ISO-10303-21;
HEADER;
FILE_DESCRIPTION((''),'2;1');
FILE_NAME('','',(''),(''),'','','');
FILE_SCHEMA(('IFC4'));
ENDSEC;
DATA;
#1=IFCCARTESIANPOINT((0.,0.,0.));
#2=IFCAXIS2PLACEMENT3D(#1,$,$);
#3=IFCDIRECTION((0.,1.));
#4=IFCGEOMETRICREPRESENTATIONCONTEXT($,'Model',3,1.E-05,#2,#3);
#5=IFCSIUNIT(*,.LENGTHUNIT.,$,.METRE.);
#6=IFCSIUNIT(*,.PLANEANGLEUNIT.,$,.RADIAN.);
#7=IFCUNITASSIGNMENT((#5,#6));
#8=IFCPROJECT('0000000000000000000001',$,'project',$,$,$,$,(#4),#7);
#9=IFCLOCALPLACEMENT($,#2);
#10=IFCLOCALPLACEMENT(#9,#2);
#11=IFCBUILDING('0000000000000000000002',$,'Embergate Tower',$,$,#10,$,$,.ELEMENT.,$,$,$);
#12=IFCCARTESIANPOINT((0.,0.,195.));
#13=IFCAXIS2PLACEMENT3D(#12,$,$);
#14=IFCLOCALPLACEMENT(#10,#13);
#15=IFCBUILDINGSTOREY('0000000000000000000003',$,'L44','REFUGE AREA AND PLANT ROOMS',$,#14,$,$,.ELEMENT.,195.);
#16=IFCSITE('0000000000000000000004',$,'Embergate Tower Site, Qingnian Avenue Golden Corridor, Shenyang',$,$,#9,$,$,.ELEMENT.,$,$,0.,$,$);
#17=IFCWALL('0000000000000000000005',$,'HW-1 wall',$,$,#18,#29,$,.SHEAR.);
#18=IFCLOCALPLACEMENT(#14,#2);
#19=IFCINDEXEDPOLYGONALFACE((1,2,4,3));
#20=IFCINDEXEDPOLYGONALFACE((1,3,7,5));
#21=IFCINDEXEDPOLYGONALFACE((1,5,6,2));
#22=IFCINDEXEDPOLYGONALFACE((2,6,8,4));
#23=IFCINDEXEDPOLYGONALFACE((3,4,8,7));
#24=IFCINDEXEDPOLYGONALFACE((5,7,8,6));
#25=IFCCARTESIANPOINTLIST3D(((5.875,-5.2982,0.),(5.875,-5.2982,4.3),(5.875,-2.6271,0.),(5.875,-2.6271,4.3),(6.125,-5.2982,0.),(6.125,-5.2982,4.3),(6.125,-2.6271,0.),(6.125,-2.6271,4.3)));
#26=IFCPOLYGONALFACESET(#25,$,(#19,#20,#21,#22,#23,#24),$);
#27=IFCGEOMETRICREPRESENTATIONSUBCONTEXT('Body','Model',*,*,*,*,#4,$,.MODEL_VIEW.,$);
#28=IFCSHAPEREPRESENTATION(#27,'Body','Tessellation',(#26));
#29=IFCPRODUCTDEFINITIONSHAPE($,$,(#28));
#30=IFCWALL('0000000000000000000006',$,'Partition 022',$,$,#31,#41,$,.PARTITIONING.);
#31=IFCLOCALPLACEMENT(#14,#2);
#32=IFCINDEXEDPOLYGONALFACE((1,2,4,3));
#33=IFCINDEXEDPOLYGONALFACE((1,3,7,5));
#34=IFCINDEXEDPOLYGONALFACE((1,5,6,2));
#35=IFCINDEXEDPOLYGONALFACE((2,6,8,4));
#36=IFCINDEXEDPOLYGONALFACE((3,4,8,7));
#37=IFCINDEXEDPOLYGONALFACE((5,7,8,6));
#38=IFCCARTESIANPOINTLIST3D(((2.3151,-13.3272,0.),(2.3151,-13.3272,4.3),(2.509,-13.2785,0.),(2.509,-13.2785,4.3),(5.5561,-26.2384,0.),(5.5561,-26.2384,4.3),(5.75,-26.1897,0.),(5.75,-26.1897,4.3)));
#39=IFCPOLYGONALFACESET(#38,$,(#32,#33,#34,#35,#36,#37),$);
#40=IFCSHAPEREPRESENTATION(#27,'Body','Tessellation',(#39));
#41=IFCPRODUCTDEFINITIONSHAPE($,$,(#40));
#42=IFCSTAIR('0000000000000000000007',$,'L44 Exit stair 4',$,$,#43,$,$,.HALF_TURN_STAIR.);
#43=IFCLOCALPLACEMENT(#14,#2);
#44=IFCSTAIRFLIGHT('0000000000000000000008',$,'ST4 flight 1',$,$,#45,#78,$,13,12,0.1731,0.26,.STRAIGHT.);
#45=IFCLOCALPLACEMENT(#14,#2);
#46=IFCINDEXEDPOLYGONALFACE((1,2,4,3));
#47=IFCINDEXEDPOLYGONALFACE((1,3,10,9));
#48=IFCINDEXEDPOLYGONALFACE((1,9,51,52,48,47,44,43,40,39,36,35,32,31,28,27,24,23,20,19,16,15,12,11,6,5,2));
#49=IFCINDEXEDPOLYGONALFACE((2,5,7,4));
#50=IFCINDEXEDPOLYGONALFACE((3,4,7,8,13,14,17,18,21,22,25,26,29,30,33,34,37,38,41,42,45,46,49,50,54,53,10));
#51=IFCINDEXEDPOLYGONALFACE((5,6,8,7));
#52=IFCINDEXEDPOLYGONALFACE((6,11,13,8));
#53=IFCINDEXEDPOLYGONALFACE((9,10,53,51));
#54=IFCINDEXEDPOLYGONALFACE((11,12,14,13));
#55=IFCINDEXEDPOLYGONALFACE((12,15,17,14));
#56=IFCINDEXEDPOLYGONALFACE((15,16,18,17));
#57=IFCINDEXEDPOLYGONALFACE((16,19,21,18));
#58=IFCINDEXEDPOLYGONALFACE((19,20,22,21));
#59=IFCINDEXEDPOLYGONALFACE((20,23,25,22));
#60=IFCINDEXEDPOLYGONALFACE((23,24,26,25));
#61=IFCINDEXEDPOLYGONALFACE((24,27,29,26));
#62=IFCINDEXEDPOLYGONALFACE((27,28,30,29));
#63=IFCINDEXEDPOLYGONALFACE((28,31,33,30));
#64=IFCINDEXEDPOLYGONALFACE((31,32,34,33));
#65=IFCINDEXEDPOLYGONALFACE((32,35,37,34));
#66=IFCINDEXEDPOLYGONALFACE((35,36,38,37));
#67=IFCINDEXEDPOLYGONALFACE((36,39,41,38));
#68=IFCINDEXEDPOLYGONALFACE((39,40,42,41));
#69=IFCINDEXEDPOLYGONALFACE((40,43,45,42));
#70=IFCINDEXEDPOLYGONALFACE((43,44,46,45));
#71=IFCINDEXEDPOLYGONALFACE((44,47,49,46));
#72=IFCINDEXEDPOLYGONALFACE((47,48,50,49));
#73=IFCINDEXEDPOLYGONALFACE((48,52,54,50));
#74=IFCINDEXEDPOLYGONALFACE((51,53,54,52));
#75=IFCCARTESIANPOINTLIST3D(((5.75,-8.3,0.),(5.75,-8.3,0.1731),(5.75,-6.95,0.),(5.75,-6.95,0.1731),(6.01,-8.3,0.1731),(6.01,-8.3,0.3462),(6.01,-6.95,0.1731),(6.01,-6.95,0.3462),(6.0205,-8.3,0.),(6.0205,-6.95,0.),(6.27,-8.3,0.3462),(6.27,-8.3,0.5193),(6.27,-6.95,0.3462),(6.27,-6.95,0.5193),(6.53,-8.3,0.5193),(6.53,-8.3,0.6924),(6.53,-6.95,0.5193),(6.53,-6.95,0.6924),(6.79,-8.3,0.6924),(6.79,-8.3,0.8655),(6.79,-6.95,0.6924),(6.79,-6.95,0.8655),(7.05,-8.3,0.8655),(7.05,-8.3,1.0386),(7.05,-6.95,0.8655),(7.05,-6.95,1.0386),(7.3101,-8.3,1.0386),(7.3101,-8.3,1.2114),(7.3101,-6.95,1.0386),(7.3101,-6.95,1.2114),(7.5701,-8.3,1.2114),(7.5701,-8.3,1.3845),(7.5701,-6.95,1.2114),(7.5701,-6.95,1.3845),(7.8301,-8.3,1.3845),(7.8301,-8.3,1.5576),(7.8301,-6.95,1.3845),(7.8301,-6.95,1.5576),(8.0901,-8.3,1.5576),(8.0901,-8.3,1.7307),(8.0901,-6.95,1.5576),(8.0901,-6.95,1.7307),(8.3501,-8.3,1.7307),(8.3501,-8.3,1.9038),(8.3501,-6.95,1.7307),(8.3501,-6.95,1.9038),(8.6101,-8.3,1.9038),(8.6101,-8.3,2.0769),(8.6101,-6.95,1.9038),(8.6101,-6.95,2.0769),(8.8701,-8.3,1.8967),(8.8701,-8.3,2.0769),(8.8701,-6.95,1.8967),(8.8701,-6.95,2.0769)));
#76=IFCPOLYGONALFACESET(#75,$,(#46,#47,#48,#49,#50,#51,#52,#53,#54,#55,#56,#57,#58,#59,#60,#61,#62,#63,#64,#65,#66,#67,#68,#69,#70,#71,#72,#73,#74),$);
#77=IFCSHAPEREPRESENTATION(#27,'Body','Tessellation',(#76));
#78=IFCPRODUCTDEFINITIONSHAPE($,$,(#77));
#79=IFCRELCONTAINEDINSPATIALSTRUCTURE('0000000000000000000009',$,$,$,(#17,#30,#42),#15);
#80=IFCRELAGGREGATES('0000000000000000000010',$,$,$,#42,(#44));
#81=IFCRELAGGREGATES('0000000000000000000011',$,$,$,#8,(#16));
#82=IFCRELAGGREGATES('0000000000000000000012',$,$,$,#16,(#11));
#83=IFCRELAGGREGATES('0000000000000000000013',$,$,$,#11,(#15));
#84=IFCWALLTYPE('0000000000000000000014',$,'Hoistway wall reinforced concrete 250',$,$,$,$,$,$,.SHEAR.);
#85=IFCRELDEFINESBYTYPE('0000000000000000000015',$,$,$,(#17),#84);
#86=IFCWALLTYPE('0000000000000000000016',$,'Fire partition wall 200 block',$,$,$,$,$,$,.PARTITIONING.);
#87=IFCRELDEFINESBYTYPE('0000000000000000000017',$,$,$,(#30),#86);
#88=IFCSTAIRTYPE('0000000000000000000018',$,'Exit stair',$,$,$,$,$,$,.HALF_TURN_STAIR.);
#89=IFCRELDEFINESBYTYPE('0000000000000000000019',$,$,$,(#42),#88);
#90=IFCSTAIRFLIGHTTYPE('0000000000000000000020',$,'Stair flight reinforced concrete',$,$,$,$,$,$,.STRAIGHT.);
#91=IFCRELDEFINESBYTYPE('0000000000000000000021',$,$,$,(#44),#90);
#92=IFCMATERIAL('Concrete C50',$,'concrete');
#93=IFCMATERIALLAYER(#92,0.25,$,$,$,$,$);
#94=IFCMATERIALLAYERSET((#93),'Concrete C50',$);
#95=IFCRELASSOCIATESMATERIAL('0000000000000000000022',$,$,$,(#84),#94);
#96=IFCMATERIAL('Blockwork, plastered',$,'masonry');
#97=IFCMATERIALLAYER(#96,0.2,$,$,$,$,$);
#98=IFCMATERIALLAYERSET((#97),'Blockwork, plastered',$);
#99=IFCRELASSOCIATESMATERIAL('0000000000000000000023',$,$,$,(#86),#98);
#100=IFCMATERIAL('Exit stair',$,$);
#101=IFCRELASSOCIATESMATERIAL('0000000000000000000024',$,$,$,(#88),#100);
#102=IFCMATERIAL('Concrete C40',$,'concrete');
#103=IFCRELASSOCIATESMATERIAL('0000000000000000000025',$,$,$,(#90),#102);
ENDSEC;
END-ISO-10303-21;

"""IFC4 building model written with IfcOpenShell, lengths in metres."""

from ifc_helpers import new_model, si_unit, direction, frame, frame_2d, origin, place, context, subcontext, project, spatial, polyline, rectangle, outline, extrude, source, transform, mapped, material, layer, layer_set, type_object, element, aggregate, save


model = new_model("IFC4")

# Units and contexts
model_context = context("Model", 3, precision=1e-05, world=origin(), true_north=direction((0.0, 1.0)))
body_context = subcontext(model_context, "Body", "Model", "MODEL_VIEW")
ifc_project = project(units=[si_unit("LENGTHUNIT", "METRE"), si_unit("PLANEANGLEUNIT", "RADIAN")], contexts=[model_context])

# Site, building, storey
site_placement = place(None, origin())
site = spatial("IfcSite", under=ifc_project, at=site_placement, Name="Embergate Tower Site, Qingnian Avenue Golden Corridor, Shenyang", CompositionType="ELEMENT", RefElevation=0.0)
building_placement = place(site_placement, origin())
building = spatial("IfcBuilding", under=site, at=building_placement, Name="Embergate Tower", CompositionType="ELEMENT")
storey_placement = place(building_placement, frame((0.0, 0.0, 195.0)))
storey = spatial("IfcBuildingStorey", under=building, at=storey_placement, Name="L44", Description="REFUGE AREA AND PLANT ROOMS", CompositionType="ELEMENT", Elevation=195.0)

# Shared definitions
ifc_material_1 = material(Name="Concrete C50", Category="concrete")
ifc_layer_1 = layer(ifc_material_1, 0.25)
ifc_layer_set_1 = layer_set([ifc_layer_1], Name="Concrete C50")
wall_type_1 = type_object("IfcWallType", Name="Hoistway wall reinforced concrete 250", PredefinedType="SHEAR", material=ifc_layer_set_1)

# Wall
shared_shape_1 = source(origin(), body_context, "Body", "SweptSolid", [
    extrude(rectangle(XDim=2.6711, YDim=0.25, at=frame_2d((1.3354, 0.0))), origin(), (0.0, 0.0, 1.0), 4.3),
])
wall_1_placement = place(storey_placement, frame((6.0, -5.2981, 0.0), z_axis=(0.0, 0.0, 1.0), x_axis=(0.0, 1.0, 0.0)))
element("IfcWall", 1, at=wall_1_placement, inside=storey, type_object=wall_type_1, Name="HW-1 wall", PredefinedType="SHEAR", context=body_context, shape_type="MappedRepresentation", body=[
    mapped(shared_shape_1, transform((0.0, 0.0, 0.0))),
])

# Shared definitions
ifc_material_2 = material(Name="Blockwork, plastered", Category="masonry")
ifc_layer_2 = layer(ifc_material_2, 0.2)
ifc_layer_set_2 = layer_set([ifc_layer_2], Name="Blockwork, plastered")
wall_type_2 = type_object("IfcWallType", Name="Fire partition wall 200 block", PredefinedType="PARTITIONING", material=ifc_layer_set_2)

# Wall
shared_shape_2 = source(origin(), body_context, "Body", "SweptSolid", [
    extrude(rectangle(XDim=13.3118, YDim=0.2, at=frame_2d((6.6558, 0.0))), origin(), (0.0, 0.0, 1.0), 4.3),
])
wall_2_placement = place(storey_placement, frame((2.4121, -13.303, 0.0), z_axis=(0.0, 0.0, 1.0), x_axis=(0.243468, -0.969909, 0.0)))
element("IfcWall", 2, at=wall_2_placement, inside=storey, type_object=wall_type_2, Name="Partition 022", PredefinedType="PARTITIONING", context=body_context, shape_type="MappedRepresentation", body=[
    mapped(shared_shape_2, transform((0.0, 0.0, 0.0))),
])

# Stair, stair flight
ifc_material_3 = material(Name="Exit stair")
stair_type = type_object("IfcStairType", Name="Exit stair", PredefinedType="HALF_TURN_STAIR", material=ifc_material_3)
stair_placement = place(storey_placement, origin())
stair = element("IfcStair", 3, at=stair_placement, inside=storey, type_object=stair_type, Name="L44 Exit stair 4", PredefinedType="HALF_TURN_STAIR")
ifc_material_4 = material(Name="Concrete C40", Category="concrete")
stair_flight_type = type_object("IfcStairFlightType", Name="Stair flight reinforced concrete", PredefinedType="STRAIGHT", material=ifc_material_4)
shared_shape_3 = source(origin(), body_context, "Body", "SweptSolid", [
    extrude(outline(polyline([(0.0, 0.0), (0.0, 0.1731), (0.26, 0.1731), (0.26, 0.3462), (0.52, 0.3462), (0.52, 0.5193), (0.78, 0.5193), (0.78, 0.6924), (1.04, 0.6924), (1.04, 0.8655), (1.3, 0.8655), (1.3, 1.0386), (1.5601, 1.0386), (1.5601, 1.2114), (1.8201, 1.2114), (1.8201, 1.3845), (2.0801, 1.3845), (2.0801, 1.5576), (2.3401, 1.5576), (2.3401, 1.7307), (2.6001, 1.7307), (2.6001, 1.9038), (2.8601, 1.9038), (2.8601, 2.0769), (3.1201, 2.0769), (3.1201, 2.25), (3.1201, 1.8967), (0.2705, 0.0), (0.0, 0.0)])), frame((0.0, 0.675, 0.0), z_axis=(0.0, -1.0, 0.0), x_axis=(1.0, 0.0, 0.0)), (0.0, 0.0, 1.0), 1.3501),
])
stair_flight_placement = place(storey_placement, frame((5.75, -7.625, 0.0), z_axis=(0.0, 0.0, 1.0), x_axis=(1.0, 0.0, 0.0)))
stair_flight = element("IfcStairFlight", 4, at=stair_flight_placement, type_object=stair_flight_type, Name="ST4 flight 1", NumberOfRisers=13, NumberOfTreads=12, PredefinedType="STRAIGHT", RiserHeight=0.1731, TreadLength=0.26, context=body_context, shape_type="MappedRepresentation", body=[
    mapped(shared_shape_3, transform((0.0, 0.0, 0.0))),
])
aggregate(stair, [stair_flight])

save(model, "model.ifc")
